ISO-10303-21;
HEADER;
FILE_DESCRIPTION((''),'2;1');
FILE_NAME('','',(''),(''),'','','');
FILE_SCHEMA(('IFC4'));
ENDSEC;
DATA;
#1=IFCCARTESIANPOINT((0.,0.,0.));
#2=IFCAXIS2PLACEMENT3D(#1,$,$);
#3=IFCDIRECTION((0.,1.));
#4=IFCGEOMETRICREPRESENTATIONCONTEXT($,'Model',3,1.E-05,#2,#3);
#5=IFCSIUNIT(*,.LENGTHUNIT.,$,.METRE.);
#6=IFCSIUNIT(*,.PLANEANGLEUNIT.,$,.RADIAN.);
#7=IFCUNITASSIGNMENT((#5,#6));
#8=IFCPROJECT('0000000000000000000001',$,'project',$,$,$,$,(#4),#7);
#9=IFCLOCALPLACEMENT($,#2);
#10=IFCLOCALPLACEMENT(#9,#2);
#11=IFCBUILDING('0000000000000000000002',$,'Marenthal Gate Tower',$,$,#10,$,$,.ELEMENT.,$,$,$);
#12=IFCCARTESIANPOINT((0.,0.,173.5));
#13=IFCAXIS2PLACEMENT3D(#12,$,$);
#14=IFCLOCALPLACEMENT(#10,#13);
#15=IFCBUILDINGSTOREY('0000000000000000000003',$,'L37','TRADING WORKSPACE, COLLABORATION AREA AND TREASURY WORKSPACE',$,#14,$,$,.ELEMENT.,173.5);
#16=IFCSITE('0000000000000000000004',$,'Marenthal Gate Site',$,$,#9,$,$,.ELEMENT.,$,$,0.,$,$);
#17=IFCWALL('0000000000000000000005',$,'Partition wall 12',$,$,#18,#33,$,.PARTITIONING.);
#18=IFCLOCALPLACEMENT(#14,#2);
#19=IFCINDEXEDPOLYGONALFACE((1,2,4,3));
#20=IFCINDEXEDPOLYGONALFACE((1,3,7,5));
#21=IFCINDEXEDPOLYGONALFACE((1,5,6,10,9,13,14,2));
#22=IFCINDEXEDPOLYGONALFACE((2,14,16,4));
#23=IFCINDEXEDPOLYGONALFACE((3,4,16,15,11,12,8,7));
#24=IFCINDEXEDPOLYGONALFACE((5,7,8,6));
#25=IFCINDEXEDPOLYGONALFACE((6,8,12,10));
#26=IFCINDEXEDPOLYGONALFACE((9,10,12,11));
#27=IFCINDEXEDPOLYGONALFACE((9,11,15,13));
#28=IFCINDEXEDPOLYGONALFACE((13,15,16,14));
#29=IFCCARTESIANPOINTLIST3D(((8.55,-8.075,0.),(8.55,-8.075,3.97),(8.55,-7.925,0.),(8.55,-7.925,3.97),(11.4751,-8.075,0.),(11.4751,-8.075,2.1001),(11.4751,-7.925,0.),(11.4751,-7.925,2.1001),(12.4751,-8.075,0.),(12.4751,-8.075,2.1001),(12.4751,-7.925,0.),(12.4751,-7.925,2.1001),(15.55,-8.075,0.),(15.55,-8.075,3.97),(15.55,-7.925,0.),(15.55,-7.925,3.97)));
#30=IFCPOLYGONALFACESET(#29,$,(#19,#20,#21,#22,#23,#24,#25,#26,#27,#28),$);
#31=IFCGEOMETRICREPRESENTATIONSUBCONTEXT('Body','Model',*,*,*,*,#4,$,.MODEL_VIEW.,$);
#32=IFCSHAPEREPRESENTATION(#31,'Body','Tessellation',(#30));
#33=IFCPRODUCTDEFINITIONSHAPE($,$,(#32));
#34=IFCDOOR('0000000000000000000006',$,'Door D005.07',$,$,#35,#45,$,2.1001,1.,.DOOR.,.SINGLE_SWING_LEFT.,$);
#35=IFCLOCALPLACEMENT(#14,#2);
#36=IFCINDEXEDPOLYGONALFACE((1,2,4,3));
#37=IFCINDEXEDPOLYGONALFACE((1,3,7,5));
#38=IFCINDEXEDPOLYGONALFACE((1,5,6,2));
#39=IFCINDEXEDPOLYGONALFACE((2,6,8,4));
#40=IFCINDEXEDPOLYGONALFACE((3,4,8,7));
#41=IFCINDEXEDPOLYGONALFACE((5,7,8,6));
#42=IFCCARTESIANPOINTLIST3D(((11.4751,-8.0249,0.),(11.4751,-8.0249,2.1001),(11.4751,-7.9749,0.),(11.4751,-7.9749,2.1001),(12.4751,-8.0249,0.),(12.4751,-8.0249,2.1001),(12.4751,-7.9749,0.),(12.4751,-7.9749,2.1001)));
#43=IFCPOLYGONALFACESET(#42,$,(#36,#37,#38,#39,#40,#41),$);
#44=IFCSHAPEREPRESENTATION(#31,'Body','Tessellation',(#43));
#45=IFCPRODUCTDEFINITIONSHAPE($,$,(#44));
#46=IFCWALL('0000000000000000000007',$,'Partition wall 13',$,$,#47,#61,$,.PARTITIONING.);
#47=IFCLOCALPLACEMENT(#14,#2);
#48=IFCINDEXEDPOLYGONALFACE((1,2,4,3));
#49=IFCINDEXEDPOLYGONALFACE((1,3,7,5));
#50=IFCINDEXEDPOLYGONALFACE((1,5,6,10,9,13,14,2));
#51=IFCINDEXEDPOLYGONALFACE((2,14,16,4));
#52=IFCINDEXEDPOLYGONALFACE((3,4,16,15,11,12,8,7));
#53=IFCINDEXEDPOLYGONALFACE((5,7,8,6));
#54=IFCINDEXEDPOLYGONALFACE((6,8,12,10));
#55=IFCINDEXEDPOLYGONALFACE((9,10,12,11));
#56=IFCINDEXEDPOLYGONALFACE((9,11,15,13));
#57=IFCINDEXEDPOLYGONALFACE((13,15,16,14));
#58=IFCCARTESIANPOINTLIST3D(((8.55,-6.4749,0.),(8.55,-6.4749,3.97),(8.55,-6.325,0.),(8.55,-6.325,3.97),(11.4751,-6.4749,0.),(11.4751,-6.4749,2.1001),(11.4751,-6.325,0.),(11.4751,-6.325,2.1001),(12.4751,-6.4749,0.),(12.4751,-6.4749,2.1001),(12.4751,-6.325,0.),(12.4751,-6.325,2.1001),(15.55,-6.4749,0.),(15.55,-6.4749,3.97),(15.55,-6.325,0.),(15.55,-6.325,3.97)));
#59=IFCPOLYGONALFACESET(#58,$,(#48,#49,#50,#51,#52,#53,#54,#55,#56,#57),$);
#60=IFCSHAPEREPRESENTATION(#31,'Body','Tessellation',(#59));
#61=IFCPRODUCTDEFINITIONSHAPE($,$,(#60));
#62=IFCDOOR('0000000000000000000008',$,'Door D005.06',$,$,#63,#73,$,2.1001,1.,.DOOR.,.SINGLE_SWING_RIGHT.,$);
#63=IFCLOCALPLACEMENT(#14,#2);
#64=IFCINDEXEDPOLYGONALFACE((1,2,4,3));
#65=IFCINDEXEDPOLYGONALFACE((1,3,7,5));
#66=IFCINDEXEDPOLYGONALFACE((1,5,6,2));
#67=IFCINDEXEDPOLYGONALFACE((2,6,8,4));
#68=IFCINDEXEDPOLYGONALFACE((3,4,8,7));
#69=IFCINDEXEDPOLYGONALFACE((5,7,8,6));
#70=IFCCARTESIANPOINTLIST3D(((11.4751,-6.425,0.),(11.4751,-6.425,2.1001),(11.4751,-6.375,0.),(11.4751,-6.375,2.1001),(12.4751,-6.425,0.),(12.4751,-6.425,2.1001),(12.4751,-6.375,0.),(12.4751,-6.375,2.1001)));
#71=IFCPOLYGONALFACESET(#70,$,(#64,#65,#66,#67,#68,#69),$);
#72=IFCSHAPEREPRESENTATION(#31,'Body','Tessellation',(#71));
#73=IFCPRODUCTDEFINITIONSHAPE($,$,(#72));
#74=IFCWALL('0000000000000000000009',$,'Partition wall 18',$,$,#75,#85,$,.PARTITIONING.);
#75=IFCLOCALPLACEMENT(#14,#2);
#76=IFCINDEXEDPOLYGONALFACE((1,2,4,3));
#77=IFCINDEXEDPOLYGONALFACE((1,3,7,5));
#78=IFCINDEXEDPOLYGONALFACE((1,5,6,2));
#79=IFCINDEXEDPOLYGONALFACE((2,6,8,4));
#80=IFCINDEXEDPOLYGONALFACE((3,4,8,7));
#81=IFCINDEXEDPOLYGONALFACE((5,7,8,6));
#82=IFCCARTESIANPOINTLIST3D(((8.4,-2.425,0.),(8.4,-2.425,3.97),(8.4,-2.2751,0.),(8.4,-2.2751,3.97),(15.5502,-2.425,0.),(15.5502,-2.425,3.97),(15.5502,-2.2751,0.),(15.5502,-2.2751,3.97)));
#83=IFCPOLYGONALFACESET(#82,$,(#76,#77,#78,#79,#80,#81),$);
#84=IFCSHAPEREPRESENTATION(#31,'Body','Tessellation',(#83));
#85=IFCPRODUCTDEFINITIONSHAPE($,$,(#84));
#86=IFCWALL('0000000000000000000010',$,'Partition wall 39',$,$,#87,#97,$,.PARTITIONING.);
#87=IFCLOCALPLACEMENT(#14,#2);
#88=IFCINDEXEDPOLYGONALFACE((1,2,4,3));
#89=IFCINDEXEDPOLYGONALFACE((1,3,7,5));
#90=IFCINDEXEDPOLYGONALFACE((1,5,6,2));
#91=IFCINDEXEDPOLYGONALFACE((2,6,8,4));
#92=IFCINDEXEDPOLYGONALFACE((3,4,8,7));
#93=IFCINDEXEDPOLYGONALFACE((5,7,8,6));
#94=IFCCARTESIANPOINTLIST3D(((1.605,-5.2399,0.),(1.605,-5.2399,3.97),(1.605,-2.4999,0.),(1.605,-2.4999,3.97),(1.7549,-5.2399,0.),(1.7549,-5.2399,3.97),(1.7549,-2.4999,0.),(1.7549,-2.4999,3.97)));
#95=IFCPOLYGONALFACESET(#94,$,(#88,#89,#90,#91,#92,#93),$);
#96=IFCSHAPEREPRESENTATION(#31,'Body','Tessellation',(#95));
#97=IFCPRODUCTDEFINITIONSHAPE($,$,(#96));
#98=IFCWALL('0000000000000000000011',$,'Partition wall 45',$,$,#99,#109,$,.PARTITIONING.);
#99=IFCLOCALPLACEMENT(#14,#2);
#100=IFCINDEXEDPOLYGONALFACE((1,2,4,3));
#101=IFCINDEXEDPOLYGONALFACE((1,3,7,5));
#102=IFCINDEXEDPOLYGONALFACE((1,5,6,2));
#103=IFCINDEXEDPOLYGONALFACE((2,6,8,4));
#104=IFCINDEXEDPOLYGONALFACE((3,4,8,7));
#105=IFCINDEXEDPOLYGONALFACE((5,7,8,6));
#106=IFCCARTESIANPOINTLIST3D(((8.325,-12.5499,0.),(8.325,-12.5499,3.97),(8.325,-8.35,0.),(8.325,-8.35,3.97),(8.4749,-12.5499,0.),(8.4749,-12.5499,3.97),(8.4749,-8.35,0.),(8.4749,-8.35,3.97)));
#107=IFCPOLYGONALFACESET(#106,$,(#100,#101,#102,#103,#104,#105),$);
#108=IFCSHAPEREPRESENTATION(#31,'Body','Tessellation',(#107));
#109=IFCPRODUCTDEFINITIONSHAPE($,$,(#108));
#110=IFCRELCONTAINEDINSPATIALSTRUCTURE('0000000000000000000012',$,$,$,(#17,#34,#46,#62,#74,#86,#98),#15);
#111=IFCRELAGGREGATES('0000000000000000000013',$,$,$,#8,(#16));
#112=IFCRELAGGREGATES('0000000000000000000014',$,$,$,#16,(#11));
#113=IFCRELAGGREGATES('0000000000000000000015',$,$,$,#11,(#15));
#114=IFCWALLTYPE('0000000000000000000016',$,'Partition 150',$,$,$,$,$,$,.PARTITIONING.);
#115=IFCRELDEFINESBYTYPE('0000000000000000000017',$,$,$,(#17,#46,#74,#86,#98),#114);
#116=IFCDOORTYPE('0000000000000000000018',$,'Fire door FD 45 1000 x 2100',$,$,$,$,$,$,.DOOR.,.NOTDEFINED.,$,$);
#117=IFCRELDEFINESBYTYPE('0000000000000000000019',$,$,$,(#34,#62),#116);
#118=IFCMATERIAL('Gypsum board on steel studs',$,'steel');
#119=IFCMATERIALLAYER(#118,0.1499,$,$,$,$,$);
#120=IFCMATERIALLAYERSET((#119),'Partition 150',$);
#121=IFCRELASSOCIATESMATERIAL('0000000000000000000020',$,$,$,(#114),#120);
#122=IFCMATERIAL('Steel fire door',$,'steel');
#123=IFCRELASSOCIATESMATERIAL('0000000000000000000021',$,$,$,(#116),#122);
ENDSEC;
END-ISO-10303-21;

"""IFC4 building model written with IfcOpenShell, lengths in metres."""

from ifc_helpers import new_model, si_unit, direction, frame, frame_2d, origin, place, context, subcontext, project, spatial, rectangle, extrude, material, layer, layer_set, type_object, element, fill, save


model = new_model("IFC4")

# Units and contexts
model_context = context("Model", 3, precision=1e-05, world=origin(), true_north=direction((0.0, 1.0)))
body_context = subcontext(model_context, "Body", "Model", "MODEL_VIEW")
ifc_project = project(units=[si_unit("LENGTHUNIT", "METRE"), si_unit("PLANEANGLEUNIT", "RADIAN")], contexts=[model_context])

# Site, building, storey
site_placement = place(None, origin())
site = spatial("IfcSite", under=ifc_project, at=site_placement, Name="Marenthal Gate Site", CompositionType="ELEMENT", RefElevation=0.0)
building_placement = place(site_placement, origin())
building = spatial("IfcBuilding", under=site, at=building_placement, Name="Marenthal Gate Tower", CompositionType="ELEMENT")
storey_placement = place(building_placement, frame((0.0, 0.0, 173.5)))
storey = spatial("IfcBuildingStorey", under=building, at=storey_placement, Name="L37", Description="TRADING WORKSPACE, COLLABORATION AREA AND TREASURY WORKSPACE", CompositionType="ELEMENT", Elevation=173.5)

# Walls, openings, doors
ifc_material_1 = material(Name="Gypsum board on steel studs", Category="steel")
ifc_layer_1 = layer(ifc_material_1, 0.1499)
ifc_layer_set_1 = layer_set([ifc_layer_1], Name="Partition 150")
wall_type_1 = type_object("IfcWallType", Name="Partition 150", PredefinedType="PARTITIONING", material=ifc_layer_set_1)
wall_1_placement = place(storey_placement, frame((8.55, -8.0, 0.0), z_axis=(0.0, 0.0, 1.0), x_axis=(1.0, 0.0, 0.0)))
wall_1 = element("IfcWall", 1, at=wall_1_placement, inside=storey, type_object=wall_type_1, Name="Partition wall 12", PredefinedType="PARTITIONING", context=body_context, shape_type="SweptSolid", body=[
    extrude(rectangle(XDim=7.0, YDim=0.1499, at=frame_2d((3.5, 0.0))), origin(), (0.0, 0.0, 1.0), 3.97),
])
opening_1_placement = place(wall_1_placement, frame((2.925, 0.0, 0.0)))
opening_1 = element("IfcOpeningElement", 2, at=opening_1_placement, cuts=wall_1, PredefinedType="OPENING", context=body_context, shape_type="SweptSolid", body=[
    extrude(rectangle(XDim=1.0, YDim=2.1001, at=frame_2d((0.5, 1.05))), frame((0.0, 0.085, 0.0), z_axis=(0.0, -1.0, 0.0), x_axis=(1.0, 0.0, 0.0)), (0.0, 0.0, 1.0), 0.1699),
])
ifc_material_2 = material(Name="Steel fire door", Category="steel")
door_type_1 = type_object("IfcDoorType", Name="Fire door FD 45 1000 x 2100", OperationType="NOTDEFINED", PredefinedType="DOOR", material=ifc_material_2)
door_1_placement = place(opening_1_placement, frame((1.0, 0.0, 0.0), z_axis=(0.0, 0.0, 1.0), x_axis=(-1.0, 0.0, 0.0)))
door_1 = element("IfcDoor", 3, at=door_1_placement, inside=storey, type_object=door_type_1, Name="Door D005.07", OperationType="SINGLE_SWING_LEFT", OverallHeight=2.1001, OverallWidth=1.0, PredefinedType="DOOR", context=body_context, shape_type="SweptSolid", body=[
    extrude(rectangle(XDim=1.0, YDim=2.1001, at=frame_2d((0.5, 1.05))), frame((0.0, 0.0249, 0.0), z_axis=(0.0, -1.0, 0.0), x_axis=(1.0, 0.0, 0.0)), (0.0, 0.0, 1.0), 0.05),
])
fill(opening_1, door_1)
wall_2_placement = place(storey_placement, frame((8.55, -6.3999, 0.0), z_axis=(0.0, 0.0, 1.0), x_axis=(1.0, 0.0, 0.0)))
wall_2 = element("IfcWall", 4, at=wall_2_placement, inside=storey, type_object=wall_type_1, Name="Partition wall 13", PredefinedType="PARTITIONING", context=body_context, shape_type="SweptSolid", body=[
    extrude(rectangle(XDim=7.0, YDim=0.1499, at=frame_2d((3.5, 0.0))), origin(), (0.0, 0.0, 1.0), 3.97),
])
opening_2_placement = place(wall_2_placement, frame((2.925, 0.0, 0.0)))
opening_2 = element("IfcOpeningElement", 5, at=opening_2_placement, cuts=wall_2, PredefinedType="OPENING", context=body_context, shape_type="SweptSolid", body=[
    extrude(rectangle(XDim=1.0, YDim=2.1001, at=frame_2d((0.5, 1.05))), frame((0.0, 0.085, 0.0), z_axis=(0.0, -1.0, 0.0), x_axis=(1.0, 0.0, 0.0)), (0.0, 0.0, 1.0), 0.1699),
])
door_2_placement = place(opening_2_placement, origin())
door_2 = element("IfcDoor", 6, at=door_2_placement, inside=storey, type_object=door_type_1, Name="Door D005.06", OperationType="SINGLE_SWING_RIGHT", OverallHeight=2.1001, OverallWidth=1.0, PredefinedType="DOOR", context=body_context, shape_type="SweptSolid", body=[
    extrude(rectangle(XDim=1.0, YDim=2.1001, at=frame_2d((0.5, 1.05))), frame((0.0, 0.0249, 0.0), z_axis=(0.0, -1.0, 0.0), x_axis=(1.0, 0.0, 0.0)), (0.0, 0.0, 1.0), 0.05),
])
fill(opening_2, door_2)

# Walls
wall_3_placement = place(storey_placement, frame((8.3999, -2.3501, 0.0), z_axis=(0.0, 0.0, 1.0), x_axis=(1.0, 0.0, 0.0)))
element("IfcWall", 7, at=wall_3_placement, inside=storey, type_object=wall_type_1, Name="Partition wall 18", PredefinedType="PARTITIONING", context=body_context, shape_type="SweptSolid", body=[
    extrude(rectangle(XDim=7.1501, YDim=0.1499, at=frame_2d((3.5752, 0.0))), origin(), (0.0, 0.0, 1.0), 3.97),
])
wall_4_placement = place(storey_placement, frame((1.6799, -5.24, 0.0), z_axis=(0.0, 0.0, 1.0), x_axis=(0.0, 1.0, 0.0)))
element("IfcWall", 8, at=wall_4_placement, inside=storey, type_object=wall_type_1, Name="Partition wall 39", PredefinedType="PARTITIONING", context=body_context, shape_type="SweptSolid", body=[
    extrude(rectangle(XDim=2.74, YDim=0.1499, at=frame_2d((1.3701, 0.0))), origin(), (0.0, 0.0, 1.0), 3.97),
])
wall_5_placement = place(storey_placement, frame((8.3999, -12.55, 0.0), z_axis=(0.0, 0.0, 1.0), x_axis=(0.0, 1.0, 0.0)))
element("IfcWall", 9, at=wall_5_placement, inside=storey, type_object=wall_type_1, Name="Partition wall 45", PredefinedType="PARTITIONING", context=body_context, shape_type="SweptSolid", body=[
    extrude(rectangle(XDim=4.2, YDim=0.1499, at=frame_2d((2.1001, 0.0))), origin(), (0.0, 0.0, 1.0), 3.97),
])

save(model, "model.ifc")
